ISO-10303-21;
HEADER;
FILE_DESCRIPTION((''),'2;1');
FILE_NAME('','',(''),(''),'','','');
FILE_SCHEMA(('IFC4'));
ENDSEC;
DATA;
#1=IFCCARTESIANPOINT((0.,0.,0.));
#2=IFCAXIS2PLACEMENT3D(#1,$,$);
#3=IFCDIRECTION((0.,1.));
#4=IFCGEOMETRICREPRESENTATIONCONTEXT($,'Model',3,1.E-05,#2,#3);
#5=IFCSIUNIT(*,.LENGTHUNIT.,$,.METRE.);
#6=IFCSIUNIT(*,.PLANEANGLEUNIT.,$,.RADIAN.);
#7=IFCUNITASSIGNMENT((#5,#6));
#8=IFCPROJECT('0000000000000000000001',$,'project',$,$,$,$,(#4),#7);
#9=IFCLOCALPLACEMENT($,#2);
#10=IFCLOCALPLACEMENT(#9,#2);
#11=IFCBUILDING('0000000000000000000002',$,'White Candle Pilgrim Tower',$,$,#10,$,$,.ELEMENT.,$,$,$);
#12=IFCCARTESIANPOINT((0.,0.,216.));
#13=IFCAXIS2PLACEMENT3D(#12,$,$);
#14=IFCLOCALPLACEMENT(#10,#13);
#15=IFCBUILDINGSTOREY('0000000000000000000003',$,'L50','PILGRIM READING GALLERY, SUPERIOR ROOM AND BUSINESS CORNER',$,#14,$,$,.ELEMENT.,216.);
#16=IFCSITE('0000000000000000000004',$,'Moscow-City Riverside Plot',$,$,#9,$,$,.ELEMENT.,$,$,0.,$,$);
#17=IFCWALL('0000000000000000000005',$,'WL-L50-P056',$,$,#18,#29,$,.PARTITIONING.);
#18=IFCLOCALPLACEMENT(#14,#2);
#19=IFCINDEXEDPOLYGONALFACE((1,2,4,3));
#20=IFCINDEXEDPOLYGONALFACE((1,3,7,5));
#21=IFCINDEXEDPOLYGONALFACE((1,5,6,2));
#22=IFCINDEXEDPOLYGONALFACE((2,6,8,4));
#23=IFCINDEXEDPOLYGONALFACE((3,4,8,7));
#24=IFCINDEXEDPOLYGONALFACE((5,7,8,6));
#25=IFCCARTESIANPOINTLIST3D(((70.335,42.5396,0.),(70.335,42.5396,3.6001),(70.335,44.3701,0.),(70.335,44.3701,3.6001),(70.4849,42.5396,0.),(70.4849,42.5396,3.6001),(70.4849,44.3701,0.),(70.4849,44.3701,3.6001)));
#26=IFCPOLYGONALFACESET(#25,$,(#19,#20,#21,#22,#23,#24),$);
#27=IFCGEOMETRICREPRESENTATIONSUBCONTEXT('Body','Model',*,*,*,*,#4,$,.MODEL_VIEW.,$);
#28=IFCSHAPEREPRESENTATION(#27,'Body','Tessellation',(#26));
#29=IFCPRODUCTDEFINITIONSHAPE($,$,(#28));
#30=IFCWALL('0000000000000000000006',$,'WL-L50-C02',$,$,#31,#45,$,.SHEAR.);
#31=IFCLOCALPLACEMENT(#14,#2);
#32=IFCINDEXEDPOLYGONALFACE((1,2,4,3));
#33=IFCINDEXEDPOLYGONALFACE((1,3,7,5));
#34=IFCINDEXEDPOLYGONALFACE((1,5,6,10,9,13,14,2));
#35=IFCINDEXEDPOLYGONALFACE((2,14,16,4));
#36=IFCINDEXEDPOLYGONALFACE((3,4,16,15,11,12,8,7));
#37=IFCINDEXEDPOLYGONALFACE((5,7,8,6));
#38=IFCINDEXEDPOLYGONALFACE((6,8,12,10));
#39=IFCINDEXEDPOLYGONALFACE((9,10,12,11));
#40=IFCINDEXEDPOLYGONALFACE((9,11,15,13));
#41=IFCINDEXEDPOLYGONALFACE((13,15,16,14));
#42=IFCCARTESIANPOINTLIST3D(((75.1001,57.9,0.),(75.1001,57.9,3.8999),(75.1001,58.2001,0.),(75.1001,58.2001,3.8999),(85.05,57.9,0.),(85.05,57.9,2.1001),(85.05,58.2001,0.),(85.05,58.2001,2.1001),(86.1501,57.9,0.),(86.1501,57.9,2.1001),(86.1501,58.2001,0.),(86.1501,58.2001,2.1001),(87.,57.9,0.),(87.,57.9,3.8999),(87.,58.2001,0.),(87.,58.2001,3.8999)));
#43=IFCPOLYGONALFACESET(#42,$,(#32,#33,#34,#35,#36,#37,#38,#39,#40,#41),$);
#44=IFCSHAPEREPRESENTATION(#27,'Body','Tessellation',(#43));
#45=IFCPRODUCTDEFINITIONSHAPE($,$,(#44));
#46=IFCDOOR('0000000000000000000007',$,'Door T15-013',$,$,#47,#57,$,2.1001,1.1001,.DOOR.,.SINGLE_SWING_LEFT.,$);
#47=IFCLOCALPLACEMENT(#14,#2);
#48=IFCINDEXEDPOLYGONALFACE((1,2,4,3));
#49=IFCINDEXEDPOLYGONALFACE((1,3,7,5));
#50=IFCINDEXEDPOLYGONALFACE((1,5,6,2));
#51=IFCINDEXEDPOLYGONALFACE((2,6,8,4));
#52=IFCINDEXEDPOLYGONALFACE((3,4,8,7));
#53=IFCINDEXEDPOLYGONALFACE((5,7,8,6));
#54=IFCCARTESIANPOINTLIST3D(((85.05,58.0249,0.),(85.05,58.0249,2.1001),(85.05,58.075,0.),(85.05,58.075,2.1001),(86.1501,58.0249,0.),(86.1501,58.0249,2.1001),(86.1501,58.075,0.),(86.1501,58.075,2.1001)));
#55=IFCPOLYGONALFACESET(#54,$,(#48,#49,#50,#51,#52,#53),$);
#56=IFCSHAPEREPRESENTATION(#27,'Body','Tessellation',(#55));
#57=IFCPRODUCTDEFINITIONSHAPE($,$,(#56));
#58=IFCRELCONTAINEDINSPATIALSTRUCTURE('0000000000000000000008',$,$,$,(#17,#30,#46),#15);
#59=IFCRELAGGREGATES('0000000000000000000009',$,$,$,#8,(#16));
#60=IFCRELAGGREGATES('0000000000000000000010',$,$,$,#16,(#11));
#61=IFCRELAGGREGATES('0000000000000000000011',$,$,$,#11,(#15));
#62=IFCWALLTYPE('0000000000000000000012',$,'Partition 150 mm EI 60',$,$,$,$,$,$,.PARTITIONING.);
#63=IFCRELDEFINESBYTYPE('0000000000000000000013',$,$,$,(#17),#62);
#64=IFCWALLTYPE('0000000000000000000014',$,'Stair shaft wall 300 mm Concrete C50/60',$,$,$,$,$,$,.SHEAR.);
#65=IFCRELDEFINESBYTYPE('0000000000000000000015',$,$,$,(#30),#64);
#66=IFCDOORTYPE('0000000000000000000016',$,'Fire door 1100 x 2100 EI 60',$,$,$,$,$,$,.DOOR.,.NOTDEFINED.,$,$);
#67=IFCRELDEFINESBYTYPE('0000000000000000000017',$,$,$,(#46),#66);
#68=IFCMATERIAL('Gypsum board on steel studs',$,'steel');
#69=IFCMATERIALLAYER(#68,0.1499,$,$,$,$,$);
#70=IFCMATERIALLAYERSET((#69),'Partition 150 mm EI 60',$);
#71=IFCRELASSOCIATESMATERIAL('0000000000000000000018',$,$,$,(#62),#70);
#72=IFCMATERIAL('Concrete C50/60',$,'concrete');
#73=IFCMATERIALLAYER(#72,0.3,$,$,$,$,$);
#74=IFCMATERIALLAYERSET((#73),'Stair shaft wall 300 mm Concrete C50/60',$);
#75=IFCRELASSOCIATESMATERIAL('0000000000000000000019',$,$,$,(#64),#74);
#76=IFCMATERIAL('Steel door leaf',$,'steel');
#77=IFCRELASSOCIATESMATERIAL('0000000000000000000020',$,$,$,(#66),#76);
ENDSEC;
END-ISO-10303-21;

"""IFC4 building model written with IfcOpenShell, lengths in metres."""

from ifc_helpers import new_model, si_unit, direction, frame, frame_2d, origin, place, context, subcontext, project, spatial, rectangle, extrude, material, layer, layer_set, type_object, element, fill, save


model = new_model("IFC4")

# Units and contexts
model_context = context("Model", 3, precision=1e-05, world=origin(), true_north=direction((0.0, 1.0)))
body_context = subcontext(model_context, "Body", "Model", "MODEL_VIEW")
ifc_project = project(units=[si_unit("LENGTHUNIT", "METRE"), si_unit("PLANEANGLEUNIT", "RADIAN")], contexts=[model_context])

# Site, building, storey
site_placement = place(None, origin())
site = spatial("IfcSite", under=ifc_project, at=site_placement, Name="Moscow-City Riverside Plot", CompositionType="ELEMENT", RefElevation=0.0)
building_placement = place(site_placement, origin())
building = spatial("IfcBuilding", under=site, at=building_placement, Name="White Candle Pilgrim Tower", CompositionType="ELEMENT")
storey_placement = place(building_placement, frame((0.0, 0.0, 216.0)))
storey = spatial("IfcBuildingStorey", under=building, at=storey_placement, Name="L50", Description="PILGRIM READING GALLERY, SUPERIOR ROOM AND BUSINESS CORNER", CompositionType="ELEMENT", Elevation=216.0)

# Shared definitions
ifc_material_1 = material(Name="Concrete C50/60", Category="concrete")

# Shared definitions
ifc_material_2 = material(Name="Gypsum board on steel studs", Category="steel")
ifc_material_3 = material(Name="Steel door leaf", Category="steel")

# Wall
ifc_layer_1 = layer(ifc_material_2, 0.1499)
ifc_layer_set_1 = layer_set([ifc_layer_1], Name="Partition 150 mm EI 60")
wall_type_1 = type_object("IfcWallType", Name="Partition 150 mm EI 60", PredefinedType="PARTITIONING", material=ifc_layer_set_1)
wall_1_placement = place(storey_placement, frame((70.4099, 44.3701, 0.0), z_axis=(0.0, 0.0, 1.0), x_axis=(0.0, -1.0, 0.0)))
element("IfcWall", 1, at=wall_1_placement, inside=storey, type_object=wall_type_1, Name="WL-L50-P056", PredefinedType="PARTITIONING", context=body_context, shape_type="SweptSolid", body=[
    extrude(rectangle(XDim=1.8306, YDim=0.1499, at=frame_2d((0.9153, 0.0))), origin(), (0.0, 0.0, 1.0), 3.6001),
])

# Wall, opening, door
ifc_layer_2 = layer(ifc_material_1, 0.3)
ifc_layer_set_2 = layer_set([ifc_layer_2], Name="Stair shaft wall 300 mm Concrete C50/60")
wall_type_2 = type_object("IfcWallType", Name="Stair shaft wall 300 mm Concrete C50/60", PredefinedType="SHEAR", material=ifc_layer_set_2)
wall_2_placement = place(storey_placement, frame((75.1001, 58.05, 0.0), z_axis=(0.0, 0.0, 1.0), x_axis=(1.0, 0.0, 0.0)))
wall_2 = element("IfcWall", 2, at=wall_2_placement, inside=storey, type_object=wall_type_2, Name="WL-L50-C02", PredefinedType="SHEAR", context=body_context, shape_type="SweptSolid", body=[
    extrude(rectangle(XDim=11.8999, YDim=0.3, at=frame_2d((5.95, 0.0))), origin(), (0.0, 0.0, 1.0), 3.8999),
])
opening_1_placement = place(wall_2_placement, frame((9.95, 0.0, 0.0)))
opening_1 = element("IfcOpeningElement", 3, at=opening_1_placement, cuts=wall_2, PredefinedType="OPENING", context=body_context, shape_type="SweptSolid", body=[
    extrude(rectangle(XDim=1.1001, YDim=2.1001, at=frame_2d((0.55, 1.05))), frame((0.0, 0.1599, 0.0), z_axis=(0.0, -1.0, 0.0), x_axis=(1.0, 0.0, 0.0)), (0.0, 0.0, 1.0), 0.3201),
])
door_type_1 = type_object("IfcDoorType", Name="Fire door 1100 x 2100 EI 60", OperationType="NOTDEFINED", PredefinedType="DOOR", material=ifc_material_3)
door_1_placement = place(opening_1_placement, origin())
door_1 = element("IfcDoor", 4, at=door_1_placement, inside=storey, type_object=door_type_1, Name="Door T15-013", OperationType="SINGLE_SWING_LEFT", OverallHeight=2.1001, OverallWidth=1.1001, PredefinedType="DOOR", context=body_context, shape_type="SweptSolid", body=[
    extrude(rectangle(XDim=1.1001, YDim=2.1001, at=frame_2d((0.55, 1.05))), frame((0.0, 0.0249, 0.0), z_axis=(0.0, -1.0, 0.0), x_axis=(1.0, 0.0, 0.0)), (0.0, 0.0, 1.0), 0.05),
])
fill(opening_1, door_1)

save(model, "model.ifc")
